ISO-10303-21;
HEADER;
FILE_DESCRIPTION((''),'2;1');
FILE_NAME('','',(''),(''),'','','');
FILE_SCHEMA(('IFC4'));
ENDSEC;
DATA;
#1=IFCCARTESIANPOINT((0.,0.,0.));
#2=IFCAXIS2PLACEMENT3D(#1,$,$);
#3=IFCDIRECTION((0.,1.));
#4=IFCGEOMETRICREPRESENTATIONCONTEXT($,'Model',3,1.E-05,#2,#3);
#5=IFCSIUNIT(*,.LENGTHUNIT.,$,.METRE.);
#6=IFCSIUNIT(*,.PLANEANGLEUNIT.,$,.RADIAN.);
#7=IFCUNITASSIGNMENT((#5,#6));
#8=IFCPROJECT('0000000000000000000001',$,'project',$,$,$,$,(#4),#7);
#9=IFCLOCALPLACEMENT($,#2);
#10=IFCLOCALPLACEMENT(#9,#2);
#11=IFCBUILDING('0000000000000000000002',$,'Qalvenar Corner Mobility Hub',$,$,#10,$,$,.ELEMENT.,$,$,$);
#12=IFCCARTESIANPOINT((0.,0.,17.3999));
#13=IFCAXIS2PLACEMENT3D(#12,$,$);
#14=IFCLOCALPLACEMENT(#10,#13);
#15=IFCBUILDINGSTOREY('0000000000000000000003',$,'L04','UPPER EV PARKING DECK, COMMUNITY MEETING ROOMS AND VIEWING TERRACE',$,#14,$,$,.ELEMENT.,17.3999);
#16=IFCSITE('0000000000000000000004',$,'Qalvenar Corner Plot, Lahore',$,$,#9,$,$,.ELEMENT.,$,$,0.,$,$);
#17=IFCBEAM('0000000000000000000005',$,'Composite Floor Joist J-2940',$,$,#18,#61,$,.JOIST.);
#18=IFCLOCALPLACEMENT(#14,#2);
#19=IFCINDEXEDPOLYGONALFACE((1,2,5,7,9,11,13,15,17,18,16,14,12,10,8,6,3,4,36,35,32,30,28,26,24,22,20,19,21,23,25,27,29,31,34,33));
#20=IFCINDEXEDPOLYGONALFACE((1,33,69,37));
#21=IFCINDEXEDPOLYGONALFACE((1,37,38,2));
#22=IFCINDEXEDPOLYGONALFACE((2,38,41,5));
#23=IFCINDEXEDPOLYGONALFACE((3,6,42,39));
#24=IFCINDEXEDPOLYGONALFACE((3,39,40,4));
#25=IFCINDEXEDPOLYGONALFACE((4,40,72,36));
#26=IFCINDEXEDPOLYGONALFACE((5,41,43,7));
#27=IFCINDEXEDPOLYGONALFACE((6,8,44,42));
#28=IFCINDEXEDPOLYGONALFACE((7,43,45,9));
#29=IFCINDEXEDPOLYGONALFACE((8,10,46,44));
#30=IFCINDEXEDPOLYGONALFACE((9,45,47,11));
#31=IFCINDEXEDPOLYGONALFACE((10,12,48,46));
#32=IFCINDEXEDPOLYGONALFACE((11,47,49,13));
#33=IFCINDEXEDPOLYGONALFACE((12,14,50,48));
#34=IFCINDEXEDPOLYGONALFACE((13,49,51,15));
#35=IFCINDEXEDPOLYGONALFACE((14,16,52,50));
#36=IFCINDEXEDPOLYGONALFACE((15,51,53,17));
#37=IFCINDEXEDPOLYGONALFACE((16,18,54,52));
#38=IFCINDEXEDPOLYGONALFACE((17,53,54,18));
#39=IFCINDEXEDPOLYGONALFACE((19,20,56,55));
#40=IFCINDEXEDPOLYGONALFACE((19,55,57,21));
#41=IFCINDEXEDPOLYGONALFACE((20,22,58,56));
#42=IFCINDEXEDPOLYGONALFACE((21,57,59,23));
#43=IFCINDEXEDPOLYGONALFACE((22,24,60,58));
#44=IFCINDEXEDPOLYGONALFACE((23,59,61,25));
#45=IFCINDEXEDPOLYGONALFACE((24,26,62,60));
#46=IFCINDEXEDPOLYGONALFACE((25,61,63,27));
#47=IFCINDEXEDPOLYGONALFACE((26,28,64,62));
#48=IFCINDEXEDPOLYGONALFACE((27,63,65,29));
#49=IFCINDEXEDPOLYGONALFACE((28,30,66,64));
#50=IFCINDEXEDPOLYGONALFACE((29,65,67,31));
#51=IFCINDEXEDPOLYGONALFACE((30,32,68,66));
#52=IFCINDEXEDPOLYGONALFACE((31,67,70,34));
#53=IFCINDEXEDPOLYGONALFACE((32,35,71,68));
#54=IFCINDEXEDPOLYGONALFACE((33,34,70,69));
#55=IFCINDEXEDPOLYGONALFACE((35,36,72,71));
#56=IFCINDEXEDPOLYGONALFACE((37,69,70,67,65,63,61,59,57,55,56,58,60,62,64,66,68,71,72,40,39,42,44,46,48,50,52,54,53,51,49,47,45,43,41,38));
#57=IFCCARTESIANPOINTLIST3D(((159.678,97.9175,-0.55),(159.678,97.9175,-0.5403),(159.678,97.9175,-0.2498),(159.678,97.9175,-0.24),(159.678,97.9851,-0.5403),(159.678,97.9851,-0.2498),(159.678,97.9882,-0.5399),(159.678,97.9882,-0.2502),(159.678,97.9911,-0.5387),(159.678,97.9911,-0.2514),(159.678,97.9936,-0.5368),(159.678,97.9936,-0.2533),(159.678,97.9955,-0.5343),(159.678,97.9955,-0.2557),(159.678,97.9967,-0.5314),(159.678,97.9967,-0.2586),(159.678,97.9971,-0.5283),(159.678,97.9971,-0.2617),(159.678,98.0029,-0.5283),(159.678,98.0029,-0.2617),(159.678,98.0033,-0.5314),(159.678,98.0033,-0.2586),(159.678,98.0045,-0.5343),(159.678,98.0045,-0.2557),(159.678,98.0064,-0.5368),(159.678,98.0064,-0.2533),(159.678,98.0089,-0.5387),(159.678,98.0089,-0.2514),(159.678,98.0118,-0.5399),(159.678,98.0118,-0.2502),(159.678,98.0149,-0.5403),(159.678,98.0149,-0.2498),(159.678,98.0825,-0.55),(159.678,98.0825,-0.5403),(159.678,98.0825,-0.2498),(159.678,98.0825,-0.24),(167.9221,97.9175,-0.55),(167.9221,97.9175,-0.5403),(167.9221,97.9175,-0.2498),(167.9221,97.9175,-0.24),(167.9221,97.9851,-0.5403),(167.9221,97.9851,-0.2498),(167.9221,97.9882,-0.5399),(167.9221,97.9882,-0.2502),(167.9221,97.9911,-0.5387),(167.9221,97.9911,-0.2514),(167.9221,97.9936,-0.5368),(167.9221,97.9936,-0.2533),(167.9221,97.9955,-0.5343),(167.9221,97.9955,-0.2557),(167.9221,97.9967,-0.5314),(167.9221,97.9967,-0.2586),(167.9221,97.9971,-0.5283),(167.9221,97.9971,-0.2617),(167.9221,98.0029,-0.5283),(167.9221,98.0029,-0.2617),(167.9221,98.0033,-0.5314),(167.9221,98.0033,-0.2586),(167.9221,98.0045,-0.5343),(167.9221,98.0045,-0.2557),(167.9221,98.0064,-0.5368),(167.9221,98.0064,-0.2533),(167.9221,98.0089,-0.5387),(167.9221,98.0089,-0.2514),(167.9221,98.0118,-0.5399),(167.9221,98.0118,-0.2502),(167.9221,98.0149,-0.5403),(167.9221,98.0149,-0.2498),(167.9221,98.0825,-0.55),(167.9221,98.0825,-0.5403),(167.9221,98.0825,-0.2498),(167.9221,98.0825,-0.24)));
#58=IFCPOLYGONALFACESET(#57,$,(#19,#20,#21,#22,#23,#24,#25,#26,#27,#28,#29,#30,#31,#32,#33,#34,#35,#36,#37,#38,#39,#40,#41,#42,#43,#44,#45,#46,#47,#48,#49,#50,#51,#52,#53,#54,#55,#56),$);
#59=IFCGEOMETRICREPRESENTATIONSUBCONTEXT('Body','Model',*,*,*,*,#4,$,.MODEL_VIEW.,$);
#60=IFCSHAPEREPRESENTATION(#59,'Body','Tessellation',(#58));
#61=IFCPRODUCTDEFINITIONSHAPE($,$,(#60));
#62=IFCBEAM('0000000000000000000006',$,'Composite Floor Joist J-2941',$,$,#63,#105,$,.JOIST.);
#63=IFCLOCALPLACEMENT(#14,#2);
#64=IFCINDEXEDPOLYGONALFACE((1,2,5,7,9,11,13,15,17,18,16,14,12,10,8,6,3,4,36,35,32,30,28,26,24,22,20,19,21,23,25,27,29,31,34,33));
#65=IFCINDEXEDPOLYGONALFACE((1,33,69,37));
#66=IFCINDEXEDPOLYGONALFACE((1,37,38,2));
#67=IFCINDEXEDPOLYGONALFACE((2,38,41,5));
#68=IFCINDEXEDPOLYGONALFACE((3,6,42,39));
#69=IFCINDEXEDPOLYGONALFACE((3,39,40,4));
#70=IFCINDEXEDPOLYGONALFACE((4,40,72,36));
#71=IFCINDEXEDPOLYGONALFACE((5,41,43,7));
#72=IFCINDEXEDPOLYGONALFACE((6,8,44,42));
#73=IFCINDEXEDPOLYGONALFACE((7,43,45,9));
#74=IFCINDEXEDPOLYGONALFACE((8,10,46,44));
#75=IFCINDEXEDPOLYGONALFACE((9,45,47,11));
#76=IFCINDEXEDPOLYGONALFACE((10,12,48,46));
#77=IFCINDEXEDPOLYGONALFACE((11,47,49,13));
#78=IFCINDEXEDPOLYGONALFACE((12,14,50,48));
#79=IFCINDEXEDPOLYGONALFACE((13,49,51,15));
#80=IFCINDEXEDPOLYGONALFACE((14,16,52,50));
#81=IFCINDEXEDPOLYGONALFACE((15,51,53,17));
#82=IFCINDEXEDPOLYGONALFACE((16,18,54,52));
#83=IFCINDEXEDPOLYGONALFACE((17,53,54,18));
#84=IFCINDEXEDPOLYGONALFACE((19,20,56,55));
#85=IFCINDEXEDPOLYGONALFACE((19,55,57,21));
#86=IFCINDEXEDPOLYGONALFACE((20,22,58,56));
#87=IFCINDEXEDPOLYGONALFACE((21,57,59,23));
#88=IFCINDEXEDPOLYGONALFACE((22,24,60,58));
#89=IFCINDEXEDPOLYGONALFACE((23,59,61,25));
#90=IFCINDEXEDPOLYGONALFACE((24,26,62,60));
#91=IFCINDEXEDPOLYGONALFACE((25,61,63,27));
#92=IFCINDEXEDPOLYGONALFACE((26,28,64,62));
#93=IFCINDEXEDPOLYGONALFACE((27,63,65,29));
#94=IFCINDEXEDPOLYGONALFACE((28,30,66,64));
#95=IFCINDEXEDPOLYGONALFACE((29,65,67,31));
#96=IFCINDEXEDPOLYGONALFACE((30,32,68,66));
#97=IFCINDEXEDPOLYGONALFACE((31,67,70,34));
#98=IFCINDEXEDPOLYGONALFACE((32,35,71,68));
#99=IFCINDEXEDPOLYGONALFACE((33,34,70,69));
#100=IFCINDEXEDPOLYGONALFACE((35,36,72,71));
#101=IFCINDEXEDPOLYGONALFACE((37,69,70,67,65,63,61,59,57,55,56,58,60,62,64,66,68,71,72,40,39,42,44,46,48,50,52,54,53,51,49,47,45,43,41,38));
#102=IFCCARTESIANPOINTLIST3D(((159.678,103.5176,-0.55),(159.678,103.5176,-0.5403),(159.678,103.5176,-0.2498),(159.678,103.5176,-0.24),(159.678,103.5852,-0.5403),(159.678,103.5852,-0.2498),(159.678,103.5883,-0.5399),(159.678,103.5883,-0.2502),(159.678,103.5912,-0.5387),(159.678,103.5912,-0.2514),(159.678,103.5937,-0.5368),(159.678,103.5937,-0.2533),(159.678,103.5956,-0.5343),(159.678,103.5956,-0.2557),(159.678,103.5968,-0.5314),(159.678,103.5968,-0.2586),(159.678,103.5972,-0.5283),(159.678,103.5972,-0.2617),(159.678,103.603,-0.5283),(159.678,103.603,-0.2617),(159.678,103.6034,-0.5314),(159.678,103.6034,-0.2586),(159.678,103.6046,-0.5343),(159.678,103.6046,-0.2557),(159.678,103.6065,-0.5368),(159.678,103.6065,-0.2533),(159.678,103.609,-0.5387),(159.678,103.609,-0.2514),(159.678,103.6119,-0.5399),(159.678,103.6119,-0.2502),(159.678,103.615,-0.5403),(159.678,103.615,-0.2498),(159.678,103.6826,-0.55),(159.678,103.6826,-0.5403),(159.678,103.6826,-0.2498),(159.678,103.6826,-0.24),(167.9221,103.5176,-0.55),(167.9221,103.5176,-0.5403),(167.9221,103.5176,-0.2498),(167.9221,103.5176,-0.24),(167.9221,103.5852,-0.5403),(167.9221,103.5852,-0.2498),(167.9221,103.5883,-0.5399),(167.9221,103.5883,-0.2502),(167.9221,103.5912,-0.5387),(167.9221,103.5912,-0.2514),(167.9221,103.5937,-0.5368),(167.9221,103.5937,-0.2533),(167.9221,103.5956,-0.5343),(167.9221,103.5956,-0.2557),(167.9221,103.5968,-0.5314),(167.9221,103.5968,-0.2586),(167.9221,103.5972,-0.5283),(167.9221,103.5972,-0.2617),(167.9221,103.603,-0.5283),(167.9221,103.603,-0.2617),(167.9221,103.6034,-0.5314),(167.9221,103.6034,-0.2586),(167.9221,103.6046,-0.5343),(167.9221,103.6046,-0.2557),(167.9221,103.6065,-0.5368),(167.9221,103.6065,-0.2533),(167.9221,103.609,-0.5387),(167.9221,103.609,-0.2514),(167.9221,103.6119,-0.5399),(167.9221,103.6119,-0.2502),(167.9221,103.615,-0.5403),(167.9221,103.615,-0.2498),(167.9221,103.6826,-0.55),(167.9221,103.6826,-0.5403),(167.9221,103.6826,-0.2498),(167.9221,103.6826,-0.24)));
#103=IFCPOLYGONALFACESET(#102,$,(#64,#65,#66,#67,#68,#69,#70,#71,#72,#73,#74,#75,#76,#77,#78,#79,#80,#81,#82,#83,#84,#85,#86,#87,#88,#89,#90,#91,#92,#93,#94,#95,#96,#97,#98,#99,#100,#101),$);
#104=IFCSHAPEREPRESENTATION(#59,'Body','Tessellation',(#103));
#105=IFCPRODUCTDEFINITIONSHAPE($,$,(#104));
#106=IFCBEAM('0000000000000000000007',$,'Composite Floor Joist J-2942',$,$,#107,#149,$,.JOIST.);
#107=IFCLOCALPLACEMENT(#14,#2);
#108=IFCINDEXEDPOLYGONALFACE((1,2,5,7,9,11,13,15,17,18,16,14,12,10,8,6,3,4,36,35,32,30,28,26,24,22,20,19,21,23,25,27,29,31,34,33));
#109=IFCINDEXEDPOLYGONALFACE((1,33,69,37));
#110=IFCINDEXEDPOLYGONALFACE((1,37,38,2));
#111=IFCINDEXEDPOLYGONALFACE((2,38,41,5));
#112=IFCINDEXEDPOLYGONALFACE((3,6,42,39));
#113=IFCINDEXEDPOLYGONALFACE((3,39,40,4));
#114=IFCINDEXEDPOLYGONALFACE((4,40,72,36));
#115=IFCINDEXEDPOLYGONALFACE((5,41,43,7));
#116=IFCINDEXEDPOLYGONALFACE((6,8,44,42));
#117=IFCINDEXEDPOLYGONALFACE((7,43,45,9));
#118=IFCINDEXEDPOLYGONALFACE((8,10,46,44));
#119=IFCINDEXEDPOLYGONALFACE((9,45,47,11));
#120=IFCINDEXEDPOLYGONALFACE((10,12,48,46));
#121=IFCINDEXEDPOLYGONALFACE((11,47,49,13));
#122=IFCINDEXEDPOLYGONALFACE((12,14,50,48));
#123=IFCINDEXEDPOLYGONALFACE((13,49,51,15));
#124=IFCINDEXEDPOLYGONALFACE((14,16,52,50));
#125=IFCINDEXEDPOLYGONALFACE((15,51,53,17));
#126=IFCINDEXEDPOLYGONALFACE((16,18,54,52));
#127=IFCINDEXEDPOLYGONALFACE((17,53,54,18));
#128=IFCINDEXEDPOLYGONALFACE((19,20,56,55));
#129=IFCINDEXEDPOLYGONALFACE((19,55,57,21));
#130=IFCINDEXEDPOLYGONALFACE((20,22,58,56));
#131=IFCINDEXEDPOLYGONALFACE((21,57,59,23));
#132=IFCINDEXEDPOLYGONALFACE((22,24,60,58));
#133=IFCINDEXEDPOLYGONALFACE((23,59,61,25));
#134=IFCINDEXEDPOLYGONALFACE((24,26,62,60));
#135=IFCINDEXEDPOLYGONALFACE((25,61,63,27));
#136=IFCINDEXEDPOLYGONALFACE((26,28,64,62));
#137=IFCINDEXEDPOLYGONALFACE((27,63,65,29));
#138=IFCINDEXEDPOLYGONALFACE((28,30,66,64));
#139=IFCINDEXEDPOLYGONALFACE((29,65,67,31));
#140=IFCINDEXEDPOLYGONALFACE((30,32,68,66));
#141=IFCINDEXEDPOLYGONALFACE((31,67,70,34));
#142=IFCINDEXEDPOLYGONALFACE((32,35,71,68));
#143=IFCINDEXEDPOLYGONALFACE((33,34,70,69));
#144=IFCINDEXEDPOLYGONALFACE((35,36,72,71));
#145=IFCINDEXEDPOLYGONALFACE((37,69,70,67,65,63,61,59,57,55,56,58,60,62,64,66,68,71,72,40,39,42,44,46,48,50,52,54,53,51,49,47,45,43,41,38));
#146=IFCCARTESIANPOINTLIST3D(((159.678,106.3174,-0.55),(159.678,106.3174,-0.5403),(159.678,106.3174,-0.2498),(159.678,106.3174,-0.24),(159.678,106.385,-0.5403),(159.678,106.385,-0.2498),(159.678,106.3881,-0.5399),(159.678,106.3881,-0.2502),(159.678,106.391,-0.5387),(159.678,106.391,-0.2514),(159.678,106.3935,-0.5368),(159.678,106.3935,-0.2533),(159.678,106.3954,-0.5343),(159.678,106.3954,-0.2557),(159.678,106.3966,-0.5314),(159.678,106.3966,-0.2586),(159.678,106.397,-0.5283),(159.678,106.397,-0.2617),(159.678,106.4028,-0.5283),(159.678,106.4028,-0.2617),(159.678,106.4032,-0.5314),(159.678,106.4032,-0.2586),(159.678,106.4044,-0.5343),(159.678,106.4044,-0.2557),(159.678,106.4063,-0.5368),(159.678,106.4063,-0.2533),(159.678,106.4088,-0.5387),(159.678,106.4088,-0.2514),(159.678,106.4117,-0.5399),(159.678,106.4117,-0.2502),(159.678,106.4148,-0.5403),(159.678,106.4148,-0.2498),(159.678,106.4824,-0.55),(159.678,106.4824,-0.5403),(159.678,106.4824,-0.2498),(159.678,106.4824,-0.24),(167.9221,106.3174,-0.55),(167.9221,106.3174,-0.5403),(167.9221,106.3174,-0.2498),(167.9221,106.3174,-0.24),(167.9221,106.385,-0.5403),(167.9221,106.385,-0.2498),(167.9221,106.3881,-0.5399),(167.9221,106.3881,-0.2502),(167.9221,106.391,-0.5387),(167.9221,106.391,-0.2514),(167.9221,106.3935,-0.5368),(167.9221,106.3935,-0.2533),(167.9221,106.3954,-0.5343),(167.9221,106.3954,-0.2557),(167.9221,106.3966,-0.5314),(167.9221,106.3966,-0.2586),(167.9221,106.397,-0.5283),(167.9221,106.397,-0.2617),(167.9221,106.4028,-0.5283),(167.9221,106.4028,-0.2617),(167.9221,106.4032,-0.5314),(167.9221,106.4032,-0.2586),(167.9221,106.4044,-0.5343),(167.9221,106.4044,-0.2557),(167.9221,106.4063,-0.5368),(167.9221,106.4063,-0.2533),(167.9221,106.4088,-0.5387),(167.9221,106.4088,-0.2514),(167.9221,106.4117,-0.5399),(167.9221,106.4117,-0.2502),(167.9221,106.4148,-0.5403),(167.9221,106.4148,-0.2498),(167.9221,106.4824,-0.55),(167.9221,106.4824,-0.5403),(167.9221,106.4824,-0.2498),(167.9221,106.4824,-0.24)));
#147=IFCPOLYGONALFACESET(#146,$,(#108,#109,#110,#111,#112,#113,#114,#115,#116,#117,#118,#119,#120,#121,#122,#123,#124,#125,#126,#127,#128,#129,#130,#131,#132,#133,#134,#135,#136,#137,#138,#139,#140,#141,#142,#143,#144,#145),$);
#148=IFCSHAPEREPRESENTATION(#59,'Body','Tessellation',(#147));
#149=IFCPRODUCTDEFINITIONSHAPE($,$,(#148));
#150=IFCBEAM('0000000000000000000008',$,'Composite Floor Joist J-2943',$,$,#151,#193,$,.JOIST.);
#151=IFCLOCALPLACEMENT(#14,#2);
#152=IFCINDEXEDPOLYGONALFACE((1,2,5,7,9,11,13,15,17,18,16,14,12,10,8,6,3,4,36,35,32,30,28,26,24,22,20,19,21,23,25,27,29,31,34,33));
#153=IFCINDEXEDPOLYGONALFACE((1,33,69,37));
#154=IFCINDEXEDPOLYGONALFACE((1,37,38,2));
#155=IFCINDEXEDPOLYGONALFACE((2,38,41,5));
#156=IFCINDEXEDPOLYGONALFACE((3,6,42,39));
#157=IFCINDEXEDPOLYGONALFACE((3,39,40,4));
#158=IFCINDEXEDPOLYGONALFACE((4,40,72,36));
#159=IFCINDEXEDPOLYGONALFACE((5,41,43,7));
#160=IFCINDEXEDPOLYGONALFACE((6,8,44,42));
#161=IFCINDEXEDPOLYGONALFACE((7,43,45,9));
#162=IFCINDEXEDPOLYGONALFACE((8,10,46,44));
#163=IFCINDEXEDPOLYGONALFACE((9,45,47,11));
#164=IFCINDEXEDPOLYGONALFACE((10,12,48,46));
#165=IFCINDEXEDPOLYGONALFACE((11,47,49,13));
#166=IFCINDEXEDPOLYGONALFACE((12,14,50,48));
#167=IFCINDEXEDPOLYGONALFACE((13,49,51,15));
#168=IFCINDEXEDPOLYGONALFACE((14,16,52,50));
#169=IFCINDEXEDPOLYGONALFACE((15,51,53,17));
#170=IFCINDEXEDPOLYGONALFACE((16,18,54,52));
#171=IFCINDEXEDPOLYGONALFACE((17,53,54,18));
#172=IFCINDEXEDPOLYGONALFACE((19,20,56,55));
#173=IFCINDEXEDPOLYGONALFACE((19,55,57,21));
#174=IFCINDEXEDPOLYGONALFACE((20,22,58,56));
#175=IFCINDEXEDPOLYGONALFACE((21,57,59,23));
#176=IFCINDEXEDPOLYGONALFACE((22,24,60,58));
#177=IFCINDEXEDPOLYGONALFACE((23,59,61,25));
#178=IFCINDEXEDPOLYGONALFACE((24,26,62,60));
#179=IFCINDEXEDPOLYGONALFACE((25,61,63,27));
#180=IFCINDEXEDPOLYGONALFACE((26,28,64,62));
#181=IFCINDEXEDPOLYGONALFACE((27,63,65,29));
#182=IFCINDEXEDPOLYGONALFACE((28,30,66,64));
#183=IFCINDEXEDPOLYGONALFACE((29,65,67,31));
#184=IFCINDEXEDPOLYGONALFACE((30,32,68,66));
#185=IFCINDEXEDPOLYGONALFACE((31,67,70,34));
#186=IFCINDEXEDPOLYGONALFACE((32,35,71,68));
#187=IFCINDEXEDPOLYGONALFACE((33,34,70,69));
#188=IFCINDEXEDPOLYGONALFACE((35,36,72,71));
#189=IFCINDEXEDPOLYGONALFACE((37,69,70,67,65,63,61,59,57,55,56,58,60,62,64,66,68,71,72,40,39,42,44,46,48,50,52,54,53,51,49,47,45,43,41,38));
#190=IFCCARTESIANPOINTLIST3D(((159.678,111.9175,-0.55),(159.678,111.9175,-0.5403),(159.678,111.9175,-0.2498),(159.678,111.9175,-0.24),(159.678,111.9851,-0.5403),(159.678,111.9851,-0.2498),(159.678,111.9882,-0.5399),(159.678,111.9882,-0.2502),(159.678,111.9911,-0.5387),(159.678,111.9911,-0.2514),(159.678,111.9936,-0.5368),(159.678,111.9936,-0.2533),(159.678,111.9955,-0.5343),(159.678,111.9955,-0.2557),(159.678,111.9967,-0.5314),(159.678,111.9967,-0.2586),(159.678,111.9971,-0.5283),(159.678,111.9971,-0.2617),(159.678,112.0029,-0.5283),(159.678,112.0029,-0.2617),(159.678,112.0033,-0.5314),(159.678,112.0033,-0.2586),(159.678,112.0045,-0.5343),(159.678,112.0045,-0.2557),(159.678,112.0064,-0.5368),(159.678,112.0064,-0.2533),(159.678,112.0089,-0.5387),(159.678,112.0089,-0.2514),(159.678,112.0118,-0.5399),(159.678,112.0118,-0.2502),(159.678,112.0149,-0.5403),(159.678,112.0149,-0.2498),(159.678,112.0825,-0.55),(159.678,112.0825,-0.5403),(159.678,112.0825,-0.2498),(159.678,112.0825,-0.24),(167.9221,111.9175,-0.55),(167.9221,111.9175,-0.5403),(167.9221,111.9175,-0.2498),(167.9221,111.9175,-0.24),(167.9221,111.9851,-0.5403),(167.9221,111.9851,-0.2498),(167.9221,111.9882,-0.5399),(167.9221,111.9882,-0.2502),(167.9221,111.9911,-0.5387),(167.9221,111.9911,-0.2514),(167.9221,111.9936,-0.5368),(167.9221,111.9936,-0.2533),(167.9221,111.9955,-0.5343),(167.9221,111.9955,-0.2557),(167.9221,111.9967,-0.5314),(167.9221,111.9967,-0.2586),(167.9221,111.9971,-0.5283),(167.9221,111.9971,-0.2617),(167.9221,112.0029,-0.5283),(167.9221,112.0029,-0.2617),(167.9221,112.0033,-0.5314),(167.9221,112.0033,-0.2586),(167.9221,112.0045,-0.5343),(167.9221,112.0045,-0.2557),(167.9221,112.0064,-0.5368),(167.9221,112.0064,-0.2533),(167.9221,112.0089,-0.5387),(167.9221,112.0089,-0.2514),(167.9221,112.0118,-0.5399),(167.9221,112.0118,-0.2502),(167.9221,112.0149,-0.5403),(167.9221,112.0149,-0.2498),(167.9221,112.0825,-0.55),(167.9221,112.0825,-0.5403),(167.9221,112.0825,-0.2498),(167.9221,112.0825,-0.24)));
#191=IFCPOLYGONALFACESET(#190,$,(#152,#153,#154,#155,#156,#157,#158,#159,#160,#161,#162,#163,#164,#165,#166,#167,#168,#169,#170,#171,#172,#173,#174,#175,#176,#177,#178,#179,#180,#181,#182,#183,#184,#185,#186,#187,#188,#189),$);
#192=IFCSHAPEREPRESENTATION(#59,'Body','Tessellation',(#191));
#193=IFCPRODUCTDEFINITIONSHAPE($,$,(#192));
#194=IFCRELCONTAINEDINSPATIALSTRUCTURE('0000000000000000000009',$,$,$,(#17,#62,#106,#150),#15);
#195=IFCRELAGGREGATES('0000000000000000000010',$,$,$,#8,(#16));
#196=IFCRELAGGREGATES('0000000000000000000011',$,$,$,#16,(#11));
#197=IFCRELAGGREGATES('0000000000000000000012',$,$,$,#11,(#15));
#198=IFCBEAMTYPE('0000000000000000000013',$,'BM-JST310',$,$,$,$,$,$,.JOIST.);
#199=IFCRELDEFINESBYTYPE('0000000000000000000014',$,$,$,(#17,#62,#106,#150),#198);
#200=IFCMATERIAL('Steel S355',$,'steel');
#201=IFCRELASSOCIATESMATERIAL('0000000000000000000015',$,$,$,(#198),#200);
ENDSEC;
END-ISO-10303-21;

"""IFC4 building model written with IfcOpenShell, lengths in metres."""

from ifc_helpers import new_model, si_unit, direction, frame, origin, origin_2d, place, context, subcontext, project, spatial, i_section, extrude, material, material_profile, profile_set, type_object, element, save


model = new_model("IFC4")

# Units and contexts
model_context = context("Model", 3, precision=1e-05, world=origin(), true_north=direction((0.0, 1.0)))
body_context = subcontext(model_context, "Body", "Model", "MODEL_VIEW")
ifc_project = project(units=[si_unit("LENGTHUNIT", "METRE"), si_unit("PLANEANGLEUNIT", "RADIAN")], contexts=[model_context])

# Site, building, storey
site_placement = place(None, origin())
site = spatial("IfcSite", under=ifc_project, at=site_placement, Name="Qalvenar Corner Plot, Lahore", CompositionType="ELEMENT", RefElevation=0.0)
building_placement = place(site_placement, origin())
building = spatial("IfcBuilding", under=site, at=building_placement, Name="Qalvenar Corner Mobility Hub", CompositionType="ELEMENT")
storey_placement = place(building_placement, frame((0.0, 0.0, 17.3999)))
storey = spatial("IfcBuildingStorey", under=building, at=storey_placement, Name="L04", Description="UPPER EV PARKING DECK, COMMUNITY MEETING ROOMS AND VIEWING TERRACE", CompositionType="ELEMENT", Elevation=17.3999)

# Shared definitions
ifc_material_1 = material(Name="Steel S355", Category="steel")

# Beams
ifc_material_profile_1 = material_profile(ifc_material_1, i_section(OverallWidth=0.165, OverallDepth=0.3101, WebThickness=0.0059, FlangeThickness=0.0098, FilletRadius=0.012, at=origin_2d()), Name="W310x38.7")
ifc_profile_set_1 = profile_set([ifc_material_profile_1], Name="Steel S355")
beam_type_1 = type_object("IfcBeamType", Name="BM-JST310", PredefinedType="JOIST", material=ifc_profile_set_1)
for number, where, z_axis, x_axis, name in (
    (1, (159.678, 98.0, -0.395), (1.0, 0.0, 0.0), (0.0, 1.0, 0.0), "Composite Floor Joist J-2940"),
    (2, (159.678, 103.6001, -0.395), (1.0, 0.0, 0.0), (0.0, 1.0, 0.0), "Composite Floor Joist J-2941"),
    (3, (159.678, 106.3999, -0.395), (1.0, 0.0, 0.0), (0.0, 1.0, 0.0), "Composite Floor Joist J-2942"),
    (4, (159.678, 112.0, -0.395), (1.0, 0.0, 0.0), (0.0, 1.0, 0.0), "Composite Floor Joist J-2943"),
):
    element("IfcBeam", number, at=place(storey_placement, frame(where, z_axis=z_axis, x_axis=x_axis)), inside=storey, type_object=beam_type_1, Name=name, PredefinedType="JOIST", context=body_context, shape_type="SweptSolid", body=[
        extrude(i_section(OverallWidth=0.165, OverallDepth=0.3101, WebThickness=0.0059, FlangeThickness=0.0098, FilletRadius=0.012, at=origin_2d()), origin(), (0.0, 0.0, 1.0), 8.2441),
    ])

save(model, "model.ifc")
